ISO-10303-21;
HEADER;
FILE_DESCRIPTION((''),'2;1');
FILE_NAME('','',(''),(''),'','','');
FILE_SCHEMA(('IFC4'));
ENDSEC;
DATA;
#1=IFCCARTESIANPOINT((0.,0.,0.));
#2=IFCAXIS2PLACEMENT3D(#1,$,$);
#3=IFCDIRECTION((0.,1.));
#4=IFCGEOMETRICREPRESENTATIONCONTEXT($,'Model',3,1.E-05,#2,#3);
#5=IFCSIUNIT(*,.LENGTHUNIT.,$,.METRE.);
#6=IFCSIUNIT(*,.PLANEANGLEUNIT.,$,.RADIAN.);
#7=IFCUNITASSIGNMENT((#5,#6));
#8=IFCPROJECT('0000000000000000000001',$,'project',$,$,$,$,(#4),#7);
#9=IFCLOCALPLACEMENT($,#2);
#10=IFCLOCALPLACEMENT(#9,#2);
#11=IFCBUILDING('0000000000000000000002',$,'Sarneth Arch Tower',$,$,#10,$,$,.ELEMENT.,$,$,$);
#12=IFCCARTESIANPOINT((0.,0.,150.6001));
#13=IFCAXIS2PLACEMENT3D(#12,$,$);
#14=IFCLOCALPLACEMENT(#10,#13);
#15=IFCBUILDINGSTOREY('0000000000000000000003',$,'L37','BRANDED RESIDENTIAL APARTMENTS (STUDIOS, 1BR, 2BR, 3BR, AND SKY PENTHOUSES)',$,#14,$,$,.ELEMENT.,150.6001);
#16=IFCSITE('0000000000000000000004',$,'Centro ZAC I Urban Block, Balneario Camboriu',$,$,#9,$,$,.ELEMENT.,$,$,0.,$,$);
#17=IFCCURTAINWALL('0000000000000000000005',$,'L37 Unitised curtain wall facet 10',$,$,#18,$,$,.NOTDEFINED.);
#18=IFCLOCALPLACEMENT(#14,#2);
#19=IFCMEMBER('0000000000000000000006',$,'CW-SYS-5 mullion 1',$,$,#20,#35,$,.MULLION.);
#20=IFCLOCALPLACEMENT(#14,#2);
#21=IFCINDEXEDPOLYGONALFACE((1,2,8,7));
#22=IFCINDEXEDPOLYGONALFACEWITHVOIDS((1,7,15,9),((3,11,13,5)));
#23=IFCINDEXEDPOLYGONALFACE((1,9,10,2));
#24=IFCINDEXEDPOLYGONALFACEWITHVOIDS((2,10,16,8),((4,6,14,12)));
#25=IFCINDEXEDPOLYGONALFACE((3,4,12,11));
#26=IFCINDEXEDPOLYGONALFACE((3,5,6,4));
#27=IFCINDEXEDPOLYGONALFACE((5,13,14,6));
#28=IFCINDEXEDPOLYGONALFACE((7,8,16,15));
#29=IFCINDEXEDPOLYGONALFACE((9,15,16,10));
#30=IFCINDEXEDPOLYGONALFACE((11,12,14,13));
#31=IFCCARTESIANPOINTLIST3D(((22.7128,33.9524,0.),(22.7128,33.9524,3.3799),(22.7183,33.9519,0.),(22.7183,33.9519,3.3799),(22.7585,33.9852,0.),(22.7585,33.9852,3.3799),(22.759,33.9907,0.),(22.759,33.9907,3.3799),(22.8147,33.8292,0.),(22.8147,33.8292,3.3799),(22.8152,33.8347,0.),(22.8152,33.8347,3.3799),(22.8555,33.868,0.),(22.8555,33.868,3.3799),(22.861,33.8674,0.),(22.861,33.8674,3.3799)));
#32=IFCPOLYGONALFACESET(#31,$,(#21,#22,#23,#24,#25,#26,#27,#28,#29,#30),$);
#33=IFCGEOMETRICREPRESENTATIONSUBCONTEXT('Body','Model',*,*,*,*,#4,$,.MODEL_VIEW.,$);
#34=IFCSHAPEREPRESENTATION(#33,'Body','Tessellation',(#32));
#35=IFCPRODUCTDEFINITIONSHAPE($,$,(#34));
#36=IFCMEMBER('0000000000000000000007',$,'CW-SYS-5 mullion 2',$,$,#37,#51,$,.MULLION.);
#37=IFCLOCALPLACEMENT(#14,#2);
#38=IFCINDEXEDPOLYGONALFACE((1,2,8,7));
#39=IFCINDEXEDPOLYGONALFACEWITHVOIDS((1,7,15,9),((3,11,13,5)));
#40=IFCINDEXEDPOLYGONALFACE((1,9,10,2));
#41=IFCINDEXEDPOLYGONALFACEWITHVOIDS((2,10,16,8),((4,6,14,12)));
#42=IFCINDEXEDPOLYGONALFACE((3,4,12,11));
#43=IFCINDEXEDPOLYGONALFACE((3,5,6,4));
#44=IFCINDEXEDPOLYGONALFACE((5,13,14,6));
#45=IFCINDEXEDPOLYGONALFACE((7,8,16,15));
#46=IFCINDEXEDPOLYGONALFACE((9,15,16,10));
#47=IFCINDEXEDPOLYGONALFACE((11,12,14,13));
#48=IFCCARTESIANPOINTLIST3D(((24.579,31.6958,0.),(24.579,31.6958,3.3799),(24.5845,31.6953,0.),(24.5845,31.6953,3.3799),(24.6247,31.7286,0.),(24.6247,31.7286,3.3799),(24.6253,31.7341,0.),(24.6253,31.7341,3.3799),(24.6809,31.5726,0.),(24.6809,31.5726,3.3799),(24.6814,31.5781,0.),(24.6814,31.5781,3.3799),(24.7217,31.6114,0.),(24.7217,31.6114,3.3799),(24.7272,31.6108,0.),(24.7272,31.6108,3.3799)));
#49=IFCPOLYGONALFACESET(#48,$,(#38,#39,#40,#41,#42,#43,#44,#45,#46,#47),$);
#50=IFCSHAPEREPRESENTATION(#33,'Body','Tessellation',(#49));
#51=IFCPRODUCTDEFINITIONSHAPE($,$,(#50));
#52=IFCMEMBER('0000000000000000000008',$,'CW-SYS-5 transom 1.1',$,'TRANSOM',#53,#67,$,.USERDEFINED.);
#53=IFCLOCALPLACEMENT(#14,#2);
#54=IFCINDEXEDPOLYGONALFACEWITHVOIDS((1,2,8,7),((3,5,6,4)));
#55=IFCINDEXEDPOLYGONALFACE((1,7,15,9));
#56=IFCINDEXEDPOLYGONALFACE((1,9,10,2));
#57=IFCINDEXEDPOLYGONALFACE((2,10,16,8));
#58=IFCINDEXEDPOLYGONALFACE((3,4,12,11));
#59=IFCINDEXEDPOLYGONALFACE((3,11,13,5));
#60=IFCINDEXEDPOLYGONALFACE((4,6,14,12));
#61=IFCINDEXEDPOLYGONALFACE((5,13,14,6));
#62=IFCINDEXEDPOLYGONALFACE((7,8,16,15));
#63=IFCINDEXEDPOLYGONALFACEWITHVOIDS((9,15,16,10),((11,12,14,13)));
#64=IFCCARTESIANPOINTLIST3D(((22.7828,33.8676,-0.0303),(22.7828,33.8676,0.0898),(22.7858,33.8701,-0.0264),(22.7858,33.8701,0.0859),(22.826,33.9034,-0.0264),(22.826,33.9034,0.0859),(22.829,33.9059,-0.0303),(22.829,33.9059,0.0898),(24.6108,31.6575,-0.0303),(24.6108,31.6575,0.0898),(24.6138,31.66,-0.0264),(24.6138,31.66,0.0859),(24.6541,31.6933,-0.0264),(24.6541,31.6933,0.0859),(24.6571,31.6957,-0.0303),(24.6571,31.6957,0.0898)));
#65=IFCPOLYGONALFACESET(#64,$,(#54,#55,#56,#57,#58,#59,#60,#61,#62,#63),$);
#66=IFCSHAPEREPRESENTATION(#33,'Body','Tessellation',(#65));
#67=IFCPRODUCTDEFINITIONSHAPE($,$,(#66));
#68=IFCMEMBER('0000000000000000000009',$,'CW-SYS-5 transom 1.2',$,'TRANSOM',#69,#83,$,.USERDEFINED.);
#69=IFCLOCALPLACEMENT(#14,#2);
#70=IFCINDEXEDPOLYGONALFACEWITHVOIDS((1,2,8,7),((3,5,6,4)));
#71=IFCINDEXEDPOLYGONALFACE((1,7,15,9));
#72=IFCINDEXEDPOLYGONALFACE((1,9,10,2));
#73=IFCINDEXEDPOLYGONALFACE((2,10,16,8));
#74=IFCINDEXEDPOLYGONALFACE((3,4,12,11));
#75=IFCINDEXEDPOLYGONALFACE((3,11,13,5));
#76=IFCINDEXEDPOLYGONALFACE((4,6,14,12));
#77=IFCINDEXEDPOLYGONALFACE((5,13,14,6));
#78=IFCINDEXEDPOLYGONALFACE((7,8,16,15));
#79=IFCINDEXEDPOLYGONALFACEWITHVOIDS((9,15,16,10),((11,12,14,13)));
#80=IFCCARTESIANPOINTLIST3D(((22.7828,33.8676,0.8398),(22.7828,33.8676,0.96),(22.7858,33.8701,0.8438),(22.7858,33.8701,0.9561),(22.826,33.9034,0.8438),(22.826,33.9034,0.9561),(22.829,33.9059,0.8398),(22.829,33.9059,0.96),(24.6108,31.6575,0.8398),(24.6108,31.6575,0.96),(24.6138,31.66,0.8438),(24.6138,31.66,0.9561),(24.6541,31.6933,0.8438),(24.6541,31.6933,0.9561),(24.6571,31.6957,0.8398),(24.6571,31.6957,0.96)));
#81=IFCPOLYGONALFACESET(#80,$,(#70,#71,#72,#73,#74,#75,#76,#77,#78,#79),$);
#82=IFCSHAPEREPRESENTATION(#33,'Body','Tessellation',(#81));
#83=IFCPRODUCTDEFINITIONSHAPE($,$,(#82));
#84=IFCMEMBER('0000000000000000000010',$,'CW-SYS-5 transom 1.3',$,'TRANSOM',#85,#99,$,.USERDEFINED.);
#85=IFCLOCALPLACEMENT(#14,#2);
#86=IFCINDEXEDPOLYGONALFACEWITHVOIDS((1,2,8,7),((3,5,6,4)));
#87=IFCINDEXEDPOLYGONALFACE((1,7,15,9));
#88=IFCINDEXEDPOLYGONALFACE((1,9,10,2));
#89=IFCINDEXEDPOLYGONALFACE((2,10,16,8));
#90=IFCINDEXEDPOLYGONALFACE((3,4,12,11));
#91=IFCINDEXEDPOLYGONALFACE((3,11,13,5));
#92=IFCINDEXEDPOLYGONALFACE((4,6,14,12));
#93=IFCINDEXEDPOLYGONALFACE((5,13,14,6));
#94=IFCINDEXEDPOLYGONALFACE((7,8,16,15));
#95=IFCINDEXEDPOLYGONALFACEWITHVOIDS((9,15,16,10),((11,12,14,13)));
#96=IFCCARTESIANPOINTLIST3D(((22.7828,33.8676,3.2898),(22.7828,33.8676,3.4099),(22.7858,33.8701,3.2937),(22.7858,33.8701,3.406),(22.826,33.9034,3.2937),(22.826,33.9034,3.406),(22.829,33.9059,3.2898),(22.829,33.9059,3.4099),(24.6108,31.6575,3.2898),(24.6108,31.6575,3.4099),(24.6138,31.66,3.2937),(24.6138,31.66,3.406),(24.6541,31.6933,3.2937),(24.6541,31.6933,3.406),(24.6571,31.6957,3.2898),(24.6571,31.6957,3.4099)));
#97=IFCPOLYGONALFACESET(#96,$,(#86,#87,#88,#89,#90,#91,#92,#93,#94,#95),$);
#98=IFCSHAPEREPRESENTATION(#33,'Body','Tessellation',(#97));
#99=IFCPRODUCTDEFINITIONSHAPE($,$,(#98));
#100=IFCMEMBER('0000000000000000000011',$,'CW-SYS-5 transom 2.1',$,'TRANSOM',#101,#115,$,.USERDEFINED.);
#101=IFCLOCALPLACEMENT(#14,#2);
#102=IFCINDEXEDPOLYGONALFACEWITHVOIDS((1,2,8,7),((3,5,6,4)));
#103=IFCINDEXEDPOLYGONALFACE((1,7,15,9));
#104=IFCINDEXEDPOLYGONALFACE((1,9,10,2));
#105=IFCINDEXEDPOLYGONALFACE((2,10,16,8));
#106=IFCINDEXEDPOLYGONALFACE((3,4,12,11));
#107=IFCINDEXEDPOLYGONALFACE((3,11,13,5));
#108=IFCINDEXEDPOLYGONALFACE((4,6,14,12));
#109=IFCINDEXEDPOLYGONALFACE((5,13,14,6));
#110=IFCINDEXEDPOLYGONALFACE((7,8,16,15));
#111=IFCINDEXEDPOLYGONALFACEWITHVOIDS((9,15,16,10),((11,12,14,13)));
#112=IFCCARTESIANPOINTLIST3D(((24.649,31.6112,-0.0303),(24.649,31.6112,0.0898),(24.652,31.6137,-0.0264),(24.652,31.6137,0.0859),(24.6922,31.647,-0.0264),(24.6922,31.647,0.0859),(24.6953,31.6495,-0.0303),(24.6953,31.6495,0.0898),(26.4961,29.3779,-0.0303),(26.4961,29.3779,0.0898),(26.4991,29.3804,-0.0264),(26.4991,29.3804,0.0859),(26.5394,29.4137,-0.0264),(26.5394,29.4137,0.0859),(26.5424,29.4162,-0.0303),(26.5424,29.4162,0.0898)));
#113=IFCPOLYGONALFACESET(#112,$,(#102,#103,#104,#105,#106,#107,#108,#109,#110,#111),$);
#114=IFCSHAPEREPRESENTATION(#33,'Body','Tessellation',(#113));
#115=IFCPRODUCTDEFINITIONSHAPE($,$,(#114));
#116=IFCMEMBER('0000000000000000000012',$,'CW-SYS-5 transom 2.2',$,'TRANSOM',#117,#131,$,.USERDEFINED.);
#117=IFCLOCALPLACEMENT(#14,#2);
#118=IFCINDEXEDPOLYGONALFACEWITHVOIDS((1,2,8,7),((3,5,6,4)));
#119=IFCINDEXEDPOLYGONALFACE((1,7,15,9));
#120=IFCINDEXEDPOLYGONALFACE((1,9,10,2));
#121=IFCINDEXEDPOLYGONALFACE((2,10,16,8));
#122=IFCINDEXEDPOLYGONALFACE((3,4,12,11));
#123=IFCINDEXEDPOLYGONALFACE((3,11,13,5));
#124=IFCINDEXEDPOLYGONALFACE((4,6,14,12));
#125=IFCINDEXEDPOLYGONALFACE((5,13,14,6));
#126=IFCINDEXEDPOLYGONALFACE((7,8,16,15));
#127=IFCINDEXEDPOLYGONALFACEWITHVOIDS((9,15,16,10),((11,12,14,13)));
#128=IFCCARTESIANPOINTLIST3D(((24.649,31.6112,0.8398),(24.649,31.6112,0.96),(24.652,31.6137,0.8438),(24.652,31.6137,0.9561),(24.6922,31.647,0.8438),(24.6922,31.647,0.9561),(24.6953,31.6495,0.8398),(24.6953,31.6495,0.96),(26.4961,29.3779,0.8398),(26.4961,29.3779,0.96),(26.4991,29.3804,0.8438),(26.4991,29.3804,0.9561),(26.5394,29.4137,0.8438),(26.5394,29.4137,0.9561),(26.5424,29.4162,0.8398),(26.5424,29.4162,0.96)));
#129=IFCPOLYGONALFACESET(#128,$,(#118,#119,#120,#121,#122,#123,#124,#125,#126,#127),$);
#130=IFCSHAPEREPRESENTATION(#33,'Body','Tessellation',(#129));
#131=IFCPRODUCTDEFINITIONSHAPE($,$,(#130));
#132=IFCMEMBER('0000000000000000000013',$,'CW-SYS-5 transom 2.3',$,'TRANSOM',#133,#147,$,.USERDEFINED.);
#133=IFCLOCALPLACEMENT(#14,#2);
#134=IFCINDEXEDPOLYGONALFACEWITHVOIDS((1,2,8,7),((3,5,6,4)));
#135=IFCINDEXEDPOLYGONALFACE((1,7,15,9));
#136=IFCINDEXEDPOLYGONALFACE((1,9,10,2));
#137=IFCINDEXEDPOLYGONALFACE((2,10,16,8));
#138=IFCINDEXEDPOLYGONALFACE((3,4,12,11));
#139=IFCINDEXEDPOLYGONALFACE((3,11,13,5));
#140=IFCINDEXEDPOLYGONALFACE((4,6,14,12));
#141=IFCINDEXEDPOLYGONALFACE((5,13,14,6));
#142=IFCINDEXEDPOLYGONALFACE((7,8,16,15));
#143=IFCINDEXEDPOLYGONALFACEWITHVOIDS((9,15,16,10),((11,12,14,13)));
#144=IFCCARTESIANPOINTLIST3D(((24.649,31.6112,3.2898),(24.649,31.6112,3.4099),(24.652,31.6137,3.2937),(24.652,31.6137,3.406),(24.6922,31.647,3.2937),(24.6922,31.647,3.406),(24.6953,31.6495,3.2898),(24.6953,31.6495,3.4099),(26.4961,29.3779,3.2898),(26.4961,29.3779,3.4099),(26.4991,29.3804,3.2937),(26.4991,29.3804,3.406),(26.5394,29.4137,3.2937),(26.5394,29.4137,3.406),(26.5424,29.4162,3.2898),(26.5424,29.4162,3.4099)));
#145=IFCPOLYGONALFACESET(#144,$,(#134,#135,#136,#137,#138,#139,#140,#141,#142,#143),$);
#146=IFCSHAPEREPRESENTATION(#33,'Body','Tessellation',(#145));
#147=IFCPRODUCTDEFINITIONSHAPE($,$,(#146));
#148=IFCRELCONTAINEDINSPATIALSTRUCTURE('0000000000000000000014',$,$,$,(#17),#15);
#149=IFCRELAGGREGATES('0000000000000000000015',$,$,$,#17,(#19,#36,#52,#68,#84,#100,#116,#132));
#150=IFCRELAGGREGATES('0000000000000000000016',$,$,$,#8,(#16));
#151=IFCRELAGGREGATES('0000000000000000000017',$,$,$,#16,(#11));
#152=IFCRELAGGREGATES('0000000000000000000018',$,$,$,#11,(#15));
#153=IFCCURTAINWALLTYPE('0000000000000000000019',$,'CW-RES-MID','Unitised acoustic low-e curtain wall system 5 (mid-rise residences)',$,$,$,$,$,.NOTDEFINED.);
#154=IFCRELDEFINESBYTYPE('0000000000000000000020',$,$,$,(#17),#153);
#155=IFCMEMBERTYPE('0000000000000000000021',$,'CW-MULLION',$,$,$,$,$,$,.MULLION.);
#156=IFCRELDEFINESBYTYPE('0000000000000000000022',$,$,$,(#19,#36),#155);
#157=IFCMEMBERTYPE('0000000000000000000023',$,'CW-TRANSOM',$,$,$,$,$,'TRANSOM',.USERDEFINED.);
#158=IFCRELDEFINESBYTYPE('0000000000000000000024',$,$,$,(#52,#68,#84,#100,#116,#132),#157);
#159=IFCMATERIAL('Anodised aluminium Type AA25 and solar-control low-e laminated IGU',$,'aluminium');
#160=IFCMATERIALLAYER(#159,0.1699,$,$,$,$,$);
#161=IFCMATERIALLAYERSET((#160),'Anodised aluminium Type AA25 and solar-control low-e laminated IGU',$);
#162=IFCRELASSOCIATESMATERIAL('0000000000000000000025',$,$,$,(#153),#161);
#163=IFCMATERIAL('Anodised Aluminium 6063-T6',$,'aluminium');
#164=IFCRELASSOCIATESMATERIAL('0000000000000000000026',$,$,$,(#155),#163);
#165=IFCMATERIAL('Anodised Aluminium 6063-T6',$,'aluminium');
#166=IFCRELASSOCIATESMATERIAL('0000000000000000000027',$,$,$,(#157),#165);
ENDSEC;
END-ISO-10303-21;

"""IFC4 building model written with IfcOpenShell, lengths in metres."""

from ifc_helpers import new_model, si_unit, direction, frame, origin, origin_2d, place, context, subcontext, project, spatial, hollow_rectangle, extrude, material, layer, layer_set, material_profile, profile_set, type_object, element, aggregate, save


model = new_model("IFC4")

# Units and contexts
model_context = context("Model", 3, precision=1e-05, world=origin(), true_north=direction((0.0, 1.0)))
body_context = subcontext(model_context, "Body", "Model", "MODEL_VIEW")
ifc_project = project(units=[si_unit("LENGTHUNIT", "METRE"), si_unit("PLANEANGLEUNIT", "RADIAN")], contexts=[model_context])

# Site, building, storey
site_placement = place(None, origin())
site = spatial("IfcSite", under=ifc_project, at=site_placement, Name="Centro ZAC I Urban Block, Balneario Camboriu", CompositionType="ELEMENT", RefElevation=0.0)
building_placement = place(site_placement, origin())
building = spatial("IfcBuilding", under=site, at=building_placement, Name="Sarneth Arch Tower", CompositionType="ELEMENT")
storey_placement = place(building_placement, frame((0.0, 0.0, 150.6001)))
storey = spatial("IfcBuildingStorey", under=building, at=storey_placement, Name="L37", Description="BRANDED RESIDENTIAL APARTMENTS (STUDIOS, 1BR, 2BR, 3BR, AND SKY PENTHOUSES)", CompositionType="ELEMENT", Elevation=150.6001)

# Curtain wall, members
ifc_material_1 = material(Name="Anodised aluminium Type AA25 and solar-control low-e laminated IGU", Category="aluminium")
ifc_layer_1 = layer(ifc_material_1, 0.1699)
ifc_layer_set_1 = layer_set([ifc_layer_1], Name="Anodised aluminium Type AA25 and solar-control low-e laminated IGU")
curtain_wall_type = type_object("IfcCurtainWallType", Name="CW-RES-MID", Description="Unitised acoustic low-e curtain wall system 5 (mid-rise residences)", PredefinedType="NOTDEFINED", material=ifc_layer_set_1)
curtain_wall_placement = place(storey_placement, origin())
curtain_wall = element("IfcCurtainWall", 1, at=curtain_wall_placement, inside=storey, type_object=curtain_wall_type, Name="L37 Unitised curtain wall facet 10", PredefinedType="NOTDEFINED")
ifc_material_2 = material(Name="Anodised Aluminium 6063-T6", Category="aluminium")
ifc_material_profile_1 = material_profile(ifc_material_2, hollow_rectangle(XDim=0.0601, YDim=0.1599, WallThickness=0.0039, at=origin_2d()), Name="AL-MULL-160x60x4")
ifc_profile_set_1 = profile_set([ifc_material_profile_1], Name="Anodised Aluminium 6063-T6")
member_type_1 = type_object("IfcMemberType", Name="CW-MULLION", PredefinedType="MULLION", material=ifc_profile_set_1)
member_1_placement = place(storey_placement, frame((22.7869, 33.9099, 0.0), z_axis=(0.0, 0.0, 1.0), x_axis=(0.770591, 0.63733, 0.0)))
member_1 = element("IfcMember", 2, at=member_1_placement, type_object=member_type_1, Name="CW-SYS-5 mullion 1", PredefinedType="MULLION", context=body_context, shape_type="SweptSolid", body=[
    extrude(hollow_rectangle(XDim=0.0601, YDim=0.1599, WallThickness=0.0039, at=origin_2d()), origin(), (0.0, 0.0, 1.0), 3.3799),
])
member_2_placement = place(storey_placement, frame((24.6531, 31.6533, 0.0), z_axis=(0.0, 0.0, 1.0), x_axis=(0.770591, 0.63733, 0.0)))
member_2 = element("IfcMember", 3, at=member_2_placement, type_object=member_type_1, Name="CW-SYS-5 mullion 2", PredefinedType="MULLION", context=body_context, shape_type="SweptSolid", body=[
    extrude(hollow_rectangle(XDim=0.0601, YDim=0.1599, WallThickness=0.0039, at=origin_2d()), origin(), (0.0, 0.0, 1.0), 3.3799),
])
ifc_material_3 = material(Name="Anodised Aluminium 6063-T6", Category="aluminium")
ifc_material_profile_2 = material_profile(ifc_material_3, hollow_rectangle(XDim=0.0601, YDim=0.1201, WallThickness=0.0039, at=origin_2d()), Name="AL-TRAN-120x60x4")
ifc_profile_set_2 = profile_set([ifc_material_profile_2], Name="Anodised Aluminium 6063-T6")
member_type_2 = type_object("IfcMemberType", Name="CW-TRANSOM", ElementType="TRANSOM", PredefinedType="USERDEFINED", material=ifc_profile_set_2)
member_3_placement = place(storey_placement, frame((22.8059, 33.8867, 0.0298), z_axis=(0.637359, -0.770567, 0.0), x_axis=(0.770567, 0.637359, 0.0)))
member_3 = element("IfcMember", 4, at=member_3_placement, type_object=member_type_2, Name="CW-SYS-5 transom 1.1", ObjectType="TRANSOM", PredefinedType="USERDEFINED", context=body_context, shape_type="SweptSolid", body=[
    extrude(hollow_rectangle(XDim=0.0601, YDim=0.1201, WallThickness=0.0039, at=origin_2d()), origin(), (0.0, 0.0, 1.0), 2.8682),
])
member_4_placement = place(storey_placement, frame((22.8059, 33.8867, 0.8999), z_axis=(0.637359, -0.770567, 0.0), x_axis=(0.770567, 0.637359, 0.0)))
member_4 = element("IfcMember", 5, at=member_4_placement, type_object=member_type_2, Name="CW-SYS-5 transom 1.2", ObjectType="TRANSOM", PredefinedType="USERDEFINED", context=body_context, shape_type="SweptSolid", body=[
    extrude(hollow_rectangle(XDim=0.0601, YDim=0.1201, WallThickness=0.0039, at=origin_2d()), origin(), (0.0, 0.0, 1.0), 2.8682),
])
member_5_placement = place(storey_placement, frame((22.8059, 33.8867, 3.3499), z_axis=(0.637359, -0.770567, 0.0), x_axis=(0.770567, 0.637359, 0.0)))
member_5 = element("IfcMember", 6, at=member_5_placement, type_object=member_type_2, Name="CW-SYS-5 transom 1.3", ObjectType="TRANSOM", PredefinedType="USERDEFINED", context=body_context, shape_type="SweptSolid", body=[
    extrude(hollow_rectangle(XDim=0.0601, YDim=0.1201, WallThickness=0.0039, at=origin_2d()), origin(), (0.0, 0.0, 1.0), 2.8682),
])
member_6_placement = place(storey_placement, frame((24.6721, 31.6304, 0.0298), z_axis=(0.63733, -0.770591, 0.0), x_axis=(0.770591, 0.63733, 0.0)))
member_6 = element("IfcMember", 7, at=member_6_placement, type_object=member_type_2, Name="CW-SYS-5 transom 2.1", ObjectType="TRANSOM", PredefinedType="USERDEFINED", context=body_context, shape_type="SweptSolid", body=[
    extrude(hollow_rectangle(XDim=0.0601, YDim=0.1201, WallThickness=0.0039, at=origin_2d()), origin(), (0.0, 0.0, 1.0), 2.8982),
])
member_7_placement = place(storey_placement, frame((24.6721, 31.6304, 0.8999), z_axis=(0.63733, -0.770591, 0.0), x_axis=(0.770591, 0.63733, 0.0)))
member_7 = element("IfcMember", 8, at=member_7_placement, type_object=member_type_2, Name="CW-SYS-5 transom 2.2", ObjectType="TRANSOM", PredefinedType="USERDEFINED", context=body_context, shape_type="SweptSolid", body=[
    extrude(hollow_rectangle(XDim=0.0601, YDim=0.1201, WallThickness=0.0039, at=origin_2d()), origin(), (0.0, 0.0, 1.0), 2.8982),
])
member_8_placement = place(storey_placement, frame((24.6721, 31.6304, 3.3499), z_axis=(0.63733, -0.770591, 0.0), x_axis=(0.770591, 0.63733, 0.0)))
member_8 = element("IfcMember", 9, at=member_8_placement, type_object=member_type_2, Name="CW-SYS-5 transom 2.3", ObjectType="TRANSOM", PredefinedType="USERDEFINED", context=body_context, shape_type="SweptSolid", body=[
    extrude(hollow_rectangle(XDim=0.0601, YDim=0.1201, WallThickness=0.0039, at=origin_2d()), origin(), (0.0, 0.0, 1.0), 2.8982),
])

aggregate(curtain_wall, [member_1, member_2, member_3, member_4, member_5, member_6, member_7, member_8])

save(model, "model.ifc")
